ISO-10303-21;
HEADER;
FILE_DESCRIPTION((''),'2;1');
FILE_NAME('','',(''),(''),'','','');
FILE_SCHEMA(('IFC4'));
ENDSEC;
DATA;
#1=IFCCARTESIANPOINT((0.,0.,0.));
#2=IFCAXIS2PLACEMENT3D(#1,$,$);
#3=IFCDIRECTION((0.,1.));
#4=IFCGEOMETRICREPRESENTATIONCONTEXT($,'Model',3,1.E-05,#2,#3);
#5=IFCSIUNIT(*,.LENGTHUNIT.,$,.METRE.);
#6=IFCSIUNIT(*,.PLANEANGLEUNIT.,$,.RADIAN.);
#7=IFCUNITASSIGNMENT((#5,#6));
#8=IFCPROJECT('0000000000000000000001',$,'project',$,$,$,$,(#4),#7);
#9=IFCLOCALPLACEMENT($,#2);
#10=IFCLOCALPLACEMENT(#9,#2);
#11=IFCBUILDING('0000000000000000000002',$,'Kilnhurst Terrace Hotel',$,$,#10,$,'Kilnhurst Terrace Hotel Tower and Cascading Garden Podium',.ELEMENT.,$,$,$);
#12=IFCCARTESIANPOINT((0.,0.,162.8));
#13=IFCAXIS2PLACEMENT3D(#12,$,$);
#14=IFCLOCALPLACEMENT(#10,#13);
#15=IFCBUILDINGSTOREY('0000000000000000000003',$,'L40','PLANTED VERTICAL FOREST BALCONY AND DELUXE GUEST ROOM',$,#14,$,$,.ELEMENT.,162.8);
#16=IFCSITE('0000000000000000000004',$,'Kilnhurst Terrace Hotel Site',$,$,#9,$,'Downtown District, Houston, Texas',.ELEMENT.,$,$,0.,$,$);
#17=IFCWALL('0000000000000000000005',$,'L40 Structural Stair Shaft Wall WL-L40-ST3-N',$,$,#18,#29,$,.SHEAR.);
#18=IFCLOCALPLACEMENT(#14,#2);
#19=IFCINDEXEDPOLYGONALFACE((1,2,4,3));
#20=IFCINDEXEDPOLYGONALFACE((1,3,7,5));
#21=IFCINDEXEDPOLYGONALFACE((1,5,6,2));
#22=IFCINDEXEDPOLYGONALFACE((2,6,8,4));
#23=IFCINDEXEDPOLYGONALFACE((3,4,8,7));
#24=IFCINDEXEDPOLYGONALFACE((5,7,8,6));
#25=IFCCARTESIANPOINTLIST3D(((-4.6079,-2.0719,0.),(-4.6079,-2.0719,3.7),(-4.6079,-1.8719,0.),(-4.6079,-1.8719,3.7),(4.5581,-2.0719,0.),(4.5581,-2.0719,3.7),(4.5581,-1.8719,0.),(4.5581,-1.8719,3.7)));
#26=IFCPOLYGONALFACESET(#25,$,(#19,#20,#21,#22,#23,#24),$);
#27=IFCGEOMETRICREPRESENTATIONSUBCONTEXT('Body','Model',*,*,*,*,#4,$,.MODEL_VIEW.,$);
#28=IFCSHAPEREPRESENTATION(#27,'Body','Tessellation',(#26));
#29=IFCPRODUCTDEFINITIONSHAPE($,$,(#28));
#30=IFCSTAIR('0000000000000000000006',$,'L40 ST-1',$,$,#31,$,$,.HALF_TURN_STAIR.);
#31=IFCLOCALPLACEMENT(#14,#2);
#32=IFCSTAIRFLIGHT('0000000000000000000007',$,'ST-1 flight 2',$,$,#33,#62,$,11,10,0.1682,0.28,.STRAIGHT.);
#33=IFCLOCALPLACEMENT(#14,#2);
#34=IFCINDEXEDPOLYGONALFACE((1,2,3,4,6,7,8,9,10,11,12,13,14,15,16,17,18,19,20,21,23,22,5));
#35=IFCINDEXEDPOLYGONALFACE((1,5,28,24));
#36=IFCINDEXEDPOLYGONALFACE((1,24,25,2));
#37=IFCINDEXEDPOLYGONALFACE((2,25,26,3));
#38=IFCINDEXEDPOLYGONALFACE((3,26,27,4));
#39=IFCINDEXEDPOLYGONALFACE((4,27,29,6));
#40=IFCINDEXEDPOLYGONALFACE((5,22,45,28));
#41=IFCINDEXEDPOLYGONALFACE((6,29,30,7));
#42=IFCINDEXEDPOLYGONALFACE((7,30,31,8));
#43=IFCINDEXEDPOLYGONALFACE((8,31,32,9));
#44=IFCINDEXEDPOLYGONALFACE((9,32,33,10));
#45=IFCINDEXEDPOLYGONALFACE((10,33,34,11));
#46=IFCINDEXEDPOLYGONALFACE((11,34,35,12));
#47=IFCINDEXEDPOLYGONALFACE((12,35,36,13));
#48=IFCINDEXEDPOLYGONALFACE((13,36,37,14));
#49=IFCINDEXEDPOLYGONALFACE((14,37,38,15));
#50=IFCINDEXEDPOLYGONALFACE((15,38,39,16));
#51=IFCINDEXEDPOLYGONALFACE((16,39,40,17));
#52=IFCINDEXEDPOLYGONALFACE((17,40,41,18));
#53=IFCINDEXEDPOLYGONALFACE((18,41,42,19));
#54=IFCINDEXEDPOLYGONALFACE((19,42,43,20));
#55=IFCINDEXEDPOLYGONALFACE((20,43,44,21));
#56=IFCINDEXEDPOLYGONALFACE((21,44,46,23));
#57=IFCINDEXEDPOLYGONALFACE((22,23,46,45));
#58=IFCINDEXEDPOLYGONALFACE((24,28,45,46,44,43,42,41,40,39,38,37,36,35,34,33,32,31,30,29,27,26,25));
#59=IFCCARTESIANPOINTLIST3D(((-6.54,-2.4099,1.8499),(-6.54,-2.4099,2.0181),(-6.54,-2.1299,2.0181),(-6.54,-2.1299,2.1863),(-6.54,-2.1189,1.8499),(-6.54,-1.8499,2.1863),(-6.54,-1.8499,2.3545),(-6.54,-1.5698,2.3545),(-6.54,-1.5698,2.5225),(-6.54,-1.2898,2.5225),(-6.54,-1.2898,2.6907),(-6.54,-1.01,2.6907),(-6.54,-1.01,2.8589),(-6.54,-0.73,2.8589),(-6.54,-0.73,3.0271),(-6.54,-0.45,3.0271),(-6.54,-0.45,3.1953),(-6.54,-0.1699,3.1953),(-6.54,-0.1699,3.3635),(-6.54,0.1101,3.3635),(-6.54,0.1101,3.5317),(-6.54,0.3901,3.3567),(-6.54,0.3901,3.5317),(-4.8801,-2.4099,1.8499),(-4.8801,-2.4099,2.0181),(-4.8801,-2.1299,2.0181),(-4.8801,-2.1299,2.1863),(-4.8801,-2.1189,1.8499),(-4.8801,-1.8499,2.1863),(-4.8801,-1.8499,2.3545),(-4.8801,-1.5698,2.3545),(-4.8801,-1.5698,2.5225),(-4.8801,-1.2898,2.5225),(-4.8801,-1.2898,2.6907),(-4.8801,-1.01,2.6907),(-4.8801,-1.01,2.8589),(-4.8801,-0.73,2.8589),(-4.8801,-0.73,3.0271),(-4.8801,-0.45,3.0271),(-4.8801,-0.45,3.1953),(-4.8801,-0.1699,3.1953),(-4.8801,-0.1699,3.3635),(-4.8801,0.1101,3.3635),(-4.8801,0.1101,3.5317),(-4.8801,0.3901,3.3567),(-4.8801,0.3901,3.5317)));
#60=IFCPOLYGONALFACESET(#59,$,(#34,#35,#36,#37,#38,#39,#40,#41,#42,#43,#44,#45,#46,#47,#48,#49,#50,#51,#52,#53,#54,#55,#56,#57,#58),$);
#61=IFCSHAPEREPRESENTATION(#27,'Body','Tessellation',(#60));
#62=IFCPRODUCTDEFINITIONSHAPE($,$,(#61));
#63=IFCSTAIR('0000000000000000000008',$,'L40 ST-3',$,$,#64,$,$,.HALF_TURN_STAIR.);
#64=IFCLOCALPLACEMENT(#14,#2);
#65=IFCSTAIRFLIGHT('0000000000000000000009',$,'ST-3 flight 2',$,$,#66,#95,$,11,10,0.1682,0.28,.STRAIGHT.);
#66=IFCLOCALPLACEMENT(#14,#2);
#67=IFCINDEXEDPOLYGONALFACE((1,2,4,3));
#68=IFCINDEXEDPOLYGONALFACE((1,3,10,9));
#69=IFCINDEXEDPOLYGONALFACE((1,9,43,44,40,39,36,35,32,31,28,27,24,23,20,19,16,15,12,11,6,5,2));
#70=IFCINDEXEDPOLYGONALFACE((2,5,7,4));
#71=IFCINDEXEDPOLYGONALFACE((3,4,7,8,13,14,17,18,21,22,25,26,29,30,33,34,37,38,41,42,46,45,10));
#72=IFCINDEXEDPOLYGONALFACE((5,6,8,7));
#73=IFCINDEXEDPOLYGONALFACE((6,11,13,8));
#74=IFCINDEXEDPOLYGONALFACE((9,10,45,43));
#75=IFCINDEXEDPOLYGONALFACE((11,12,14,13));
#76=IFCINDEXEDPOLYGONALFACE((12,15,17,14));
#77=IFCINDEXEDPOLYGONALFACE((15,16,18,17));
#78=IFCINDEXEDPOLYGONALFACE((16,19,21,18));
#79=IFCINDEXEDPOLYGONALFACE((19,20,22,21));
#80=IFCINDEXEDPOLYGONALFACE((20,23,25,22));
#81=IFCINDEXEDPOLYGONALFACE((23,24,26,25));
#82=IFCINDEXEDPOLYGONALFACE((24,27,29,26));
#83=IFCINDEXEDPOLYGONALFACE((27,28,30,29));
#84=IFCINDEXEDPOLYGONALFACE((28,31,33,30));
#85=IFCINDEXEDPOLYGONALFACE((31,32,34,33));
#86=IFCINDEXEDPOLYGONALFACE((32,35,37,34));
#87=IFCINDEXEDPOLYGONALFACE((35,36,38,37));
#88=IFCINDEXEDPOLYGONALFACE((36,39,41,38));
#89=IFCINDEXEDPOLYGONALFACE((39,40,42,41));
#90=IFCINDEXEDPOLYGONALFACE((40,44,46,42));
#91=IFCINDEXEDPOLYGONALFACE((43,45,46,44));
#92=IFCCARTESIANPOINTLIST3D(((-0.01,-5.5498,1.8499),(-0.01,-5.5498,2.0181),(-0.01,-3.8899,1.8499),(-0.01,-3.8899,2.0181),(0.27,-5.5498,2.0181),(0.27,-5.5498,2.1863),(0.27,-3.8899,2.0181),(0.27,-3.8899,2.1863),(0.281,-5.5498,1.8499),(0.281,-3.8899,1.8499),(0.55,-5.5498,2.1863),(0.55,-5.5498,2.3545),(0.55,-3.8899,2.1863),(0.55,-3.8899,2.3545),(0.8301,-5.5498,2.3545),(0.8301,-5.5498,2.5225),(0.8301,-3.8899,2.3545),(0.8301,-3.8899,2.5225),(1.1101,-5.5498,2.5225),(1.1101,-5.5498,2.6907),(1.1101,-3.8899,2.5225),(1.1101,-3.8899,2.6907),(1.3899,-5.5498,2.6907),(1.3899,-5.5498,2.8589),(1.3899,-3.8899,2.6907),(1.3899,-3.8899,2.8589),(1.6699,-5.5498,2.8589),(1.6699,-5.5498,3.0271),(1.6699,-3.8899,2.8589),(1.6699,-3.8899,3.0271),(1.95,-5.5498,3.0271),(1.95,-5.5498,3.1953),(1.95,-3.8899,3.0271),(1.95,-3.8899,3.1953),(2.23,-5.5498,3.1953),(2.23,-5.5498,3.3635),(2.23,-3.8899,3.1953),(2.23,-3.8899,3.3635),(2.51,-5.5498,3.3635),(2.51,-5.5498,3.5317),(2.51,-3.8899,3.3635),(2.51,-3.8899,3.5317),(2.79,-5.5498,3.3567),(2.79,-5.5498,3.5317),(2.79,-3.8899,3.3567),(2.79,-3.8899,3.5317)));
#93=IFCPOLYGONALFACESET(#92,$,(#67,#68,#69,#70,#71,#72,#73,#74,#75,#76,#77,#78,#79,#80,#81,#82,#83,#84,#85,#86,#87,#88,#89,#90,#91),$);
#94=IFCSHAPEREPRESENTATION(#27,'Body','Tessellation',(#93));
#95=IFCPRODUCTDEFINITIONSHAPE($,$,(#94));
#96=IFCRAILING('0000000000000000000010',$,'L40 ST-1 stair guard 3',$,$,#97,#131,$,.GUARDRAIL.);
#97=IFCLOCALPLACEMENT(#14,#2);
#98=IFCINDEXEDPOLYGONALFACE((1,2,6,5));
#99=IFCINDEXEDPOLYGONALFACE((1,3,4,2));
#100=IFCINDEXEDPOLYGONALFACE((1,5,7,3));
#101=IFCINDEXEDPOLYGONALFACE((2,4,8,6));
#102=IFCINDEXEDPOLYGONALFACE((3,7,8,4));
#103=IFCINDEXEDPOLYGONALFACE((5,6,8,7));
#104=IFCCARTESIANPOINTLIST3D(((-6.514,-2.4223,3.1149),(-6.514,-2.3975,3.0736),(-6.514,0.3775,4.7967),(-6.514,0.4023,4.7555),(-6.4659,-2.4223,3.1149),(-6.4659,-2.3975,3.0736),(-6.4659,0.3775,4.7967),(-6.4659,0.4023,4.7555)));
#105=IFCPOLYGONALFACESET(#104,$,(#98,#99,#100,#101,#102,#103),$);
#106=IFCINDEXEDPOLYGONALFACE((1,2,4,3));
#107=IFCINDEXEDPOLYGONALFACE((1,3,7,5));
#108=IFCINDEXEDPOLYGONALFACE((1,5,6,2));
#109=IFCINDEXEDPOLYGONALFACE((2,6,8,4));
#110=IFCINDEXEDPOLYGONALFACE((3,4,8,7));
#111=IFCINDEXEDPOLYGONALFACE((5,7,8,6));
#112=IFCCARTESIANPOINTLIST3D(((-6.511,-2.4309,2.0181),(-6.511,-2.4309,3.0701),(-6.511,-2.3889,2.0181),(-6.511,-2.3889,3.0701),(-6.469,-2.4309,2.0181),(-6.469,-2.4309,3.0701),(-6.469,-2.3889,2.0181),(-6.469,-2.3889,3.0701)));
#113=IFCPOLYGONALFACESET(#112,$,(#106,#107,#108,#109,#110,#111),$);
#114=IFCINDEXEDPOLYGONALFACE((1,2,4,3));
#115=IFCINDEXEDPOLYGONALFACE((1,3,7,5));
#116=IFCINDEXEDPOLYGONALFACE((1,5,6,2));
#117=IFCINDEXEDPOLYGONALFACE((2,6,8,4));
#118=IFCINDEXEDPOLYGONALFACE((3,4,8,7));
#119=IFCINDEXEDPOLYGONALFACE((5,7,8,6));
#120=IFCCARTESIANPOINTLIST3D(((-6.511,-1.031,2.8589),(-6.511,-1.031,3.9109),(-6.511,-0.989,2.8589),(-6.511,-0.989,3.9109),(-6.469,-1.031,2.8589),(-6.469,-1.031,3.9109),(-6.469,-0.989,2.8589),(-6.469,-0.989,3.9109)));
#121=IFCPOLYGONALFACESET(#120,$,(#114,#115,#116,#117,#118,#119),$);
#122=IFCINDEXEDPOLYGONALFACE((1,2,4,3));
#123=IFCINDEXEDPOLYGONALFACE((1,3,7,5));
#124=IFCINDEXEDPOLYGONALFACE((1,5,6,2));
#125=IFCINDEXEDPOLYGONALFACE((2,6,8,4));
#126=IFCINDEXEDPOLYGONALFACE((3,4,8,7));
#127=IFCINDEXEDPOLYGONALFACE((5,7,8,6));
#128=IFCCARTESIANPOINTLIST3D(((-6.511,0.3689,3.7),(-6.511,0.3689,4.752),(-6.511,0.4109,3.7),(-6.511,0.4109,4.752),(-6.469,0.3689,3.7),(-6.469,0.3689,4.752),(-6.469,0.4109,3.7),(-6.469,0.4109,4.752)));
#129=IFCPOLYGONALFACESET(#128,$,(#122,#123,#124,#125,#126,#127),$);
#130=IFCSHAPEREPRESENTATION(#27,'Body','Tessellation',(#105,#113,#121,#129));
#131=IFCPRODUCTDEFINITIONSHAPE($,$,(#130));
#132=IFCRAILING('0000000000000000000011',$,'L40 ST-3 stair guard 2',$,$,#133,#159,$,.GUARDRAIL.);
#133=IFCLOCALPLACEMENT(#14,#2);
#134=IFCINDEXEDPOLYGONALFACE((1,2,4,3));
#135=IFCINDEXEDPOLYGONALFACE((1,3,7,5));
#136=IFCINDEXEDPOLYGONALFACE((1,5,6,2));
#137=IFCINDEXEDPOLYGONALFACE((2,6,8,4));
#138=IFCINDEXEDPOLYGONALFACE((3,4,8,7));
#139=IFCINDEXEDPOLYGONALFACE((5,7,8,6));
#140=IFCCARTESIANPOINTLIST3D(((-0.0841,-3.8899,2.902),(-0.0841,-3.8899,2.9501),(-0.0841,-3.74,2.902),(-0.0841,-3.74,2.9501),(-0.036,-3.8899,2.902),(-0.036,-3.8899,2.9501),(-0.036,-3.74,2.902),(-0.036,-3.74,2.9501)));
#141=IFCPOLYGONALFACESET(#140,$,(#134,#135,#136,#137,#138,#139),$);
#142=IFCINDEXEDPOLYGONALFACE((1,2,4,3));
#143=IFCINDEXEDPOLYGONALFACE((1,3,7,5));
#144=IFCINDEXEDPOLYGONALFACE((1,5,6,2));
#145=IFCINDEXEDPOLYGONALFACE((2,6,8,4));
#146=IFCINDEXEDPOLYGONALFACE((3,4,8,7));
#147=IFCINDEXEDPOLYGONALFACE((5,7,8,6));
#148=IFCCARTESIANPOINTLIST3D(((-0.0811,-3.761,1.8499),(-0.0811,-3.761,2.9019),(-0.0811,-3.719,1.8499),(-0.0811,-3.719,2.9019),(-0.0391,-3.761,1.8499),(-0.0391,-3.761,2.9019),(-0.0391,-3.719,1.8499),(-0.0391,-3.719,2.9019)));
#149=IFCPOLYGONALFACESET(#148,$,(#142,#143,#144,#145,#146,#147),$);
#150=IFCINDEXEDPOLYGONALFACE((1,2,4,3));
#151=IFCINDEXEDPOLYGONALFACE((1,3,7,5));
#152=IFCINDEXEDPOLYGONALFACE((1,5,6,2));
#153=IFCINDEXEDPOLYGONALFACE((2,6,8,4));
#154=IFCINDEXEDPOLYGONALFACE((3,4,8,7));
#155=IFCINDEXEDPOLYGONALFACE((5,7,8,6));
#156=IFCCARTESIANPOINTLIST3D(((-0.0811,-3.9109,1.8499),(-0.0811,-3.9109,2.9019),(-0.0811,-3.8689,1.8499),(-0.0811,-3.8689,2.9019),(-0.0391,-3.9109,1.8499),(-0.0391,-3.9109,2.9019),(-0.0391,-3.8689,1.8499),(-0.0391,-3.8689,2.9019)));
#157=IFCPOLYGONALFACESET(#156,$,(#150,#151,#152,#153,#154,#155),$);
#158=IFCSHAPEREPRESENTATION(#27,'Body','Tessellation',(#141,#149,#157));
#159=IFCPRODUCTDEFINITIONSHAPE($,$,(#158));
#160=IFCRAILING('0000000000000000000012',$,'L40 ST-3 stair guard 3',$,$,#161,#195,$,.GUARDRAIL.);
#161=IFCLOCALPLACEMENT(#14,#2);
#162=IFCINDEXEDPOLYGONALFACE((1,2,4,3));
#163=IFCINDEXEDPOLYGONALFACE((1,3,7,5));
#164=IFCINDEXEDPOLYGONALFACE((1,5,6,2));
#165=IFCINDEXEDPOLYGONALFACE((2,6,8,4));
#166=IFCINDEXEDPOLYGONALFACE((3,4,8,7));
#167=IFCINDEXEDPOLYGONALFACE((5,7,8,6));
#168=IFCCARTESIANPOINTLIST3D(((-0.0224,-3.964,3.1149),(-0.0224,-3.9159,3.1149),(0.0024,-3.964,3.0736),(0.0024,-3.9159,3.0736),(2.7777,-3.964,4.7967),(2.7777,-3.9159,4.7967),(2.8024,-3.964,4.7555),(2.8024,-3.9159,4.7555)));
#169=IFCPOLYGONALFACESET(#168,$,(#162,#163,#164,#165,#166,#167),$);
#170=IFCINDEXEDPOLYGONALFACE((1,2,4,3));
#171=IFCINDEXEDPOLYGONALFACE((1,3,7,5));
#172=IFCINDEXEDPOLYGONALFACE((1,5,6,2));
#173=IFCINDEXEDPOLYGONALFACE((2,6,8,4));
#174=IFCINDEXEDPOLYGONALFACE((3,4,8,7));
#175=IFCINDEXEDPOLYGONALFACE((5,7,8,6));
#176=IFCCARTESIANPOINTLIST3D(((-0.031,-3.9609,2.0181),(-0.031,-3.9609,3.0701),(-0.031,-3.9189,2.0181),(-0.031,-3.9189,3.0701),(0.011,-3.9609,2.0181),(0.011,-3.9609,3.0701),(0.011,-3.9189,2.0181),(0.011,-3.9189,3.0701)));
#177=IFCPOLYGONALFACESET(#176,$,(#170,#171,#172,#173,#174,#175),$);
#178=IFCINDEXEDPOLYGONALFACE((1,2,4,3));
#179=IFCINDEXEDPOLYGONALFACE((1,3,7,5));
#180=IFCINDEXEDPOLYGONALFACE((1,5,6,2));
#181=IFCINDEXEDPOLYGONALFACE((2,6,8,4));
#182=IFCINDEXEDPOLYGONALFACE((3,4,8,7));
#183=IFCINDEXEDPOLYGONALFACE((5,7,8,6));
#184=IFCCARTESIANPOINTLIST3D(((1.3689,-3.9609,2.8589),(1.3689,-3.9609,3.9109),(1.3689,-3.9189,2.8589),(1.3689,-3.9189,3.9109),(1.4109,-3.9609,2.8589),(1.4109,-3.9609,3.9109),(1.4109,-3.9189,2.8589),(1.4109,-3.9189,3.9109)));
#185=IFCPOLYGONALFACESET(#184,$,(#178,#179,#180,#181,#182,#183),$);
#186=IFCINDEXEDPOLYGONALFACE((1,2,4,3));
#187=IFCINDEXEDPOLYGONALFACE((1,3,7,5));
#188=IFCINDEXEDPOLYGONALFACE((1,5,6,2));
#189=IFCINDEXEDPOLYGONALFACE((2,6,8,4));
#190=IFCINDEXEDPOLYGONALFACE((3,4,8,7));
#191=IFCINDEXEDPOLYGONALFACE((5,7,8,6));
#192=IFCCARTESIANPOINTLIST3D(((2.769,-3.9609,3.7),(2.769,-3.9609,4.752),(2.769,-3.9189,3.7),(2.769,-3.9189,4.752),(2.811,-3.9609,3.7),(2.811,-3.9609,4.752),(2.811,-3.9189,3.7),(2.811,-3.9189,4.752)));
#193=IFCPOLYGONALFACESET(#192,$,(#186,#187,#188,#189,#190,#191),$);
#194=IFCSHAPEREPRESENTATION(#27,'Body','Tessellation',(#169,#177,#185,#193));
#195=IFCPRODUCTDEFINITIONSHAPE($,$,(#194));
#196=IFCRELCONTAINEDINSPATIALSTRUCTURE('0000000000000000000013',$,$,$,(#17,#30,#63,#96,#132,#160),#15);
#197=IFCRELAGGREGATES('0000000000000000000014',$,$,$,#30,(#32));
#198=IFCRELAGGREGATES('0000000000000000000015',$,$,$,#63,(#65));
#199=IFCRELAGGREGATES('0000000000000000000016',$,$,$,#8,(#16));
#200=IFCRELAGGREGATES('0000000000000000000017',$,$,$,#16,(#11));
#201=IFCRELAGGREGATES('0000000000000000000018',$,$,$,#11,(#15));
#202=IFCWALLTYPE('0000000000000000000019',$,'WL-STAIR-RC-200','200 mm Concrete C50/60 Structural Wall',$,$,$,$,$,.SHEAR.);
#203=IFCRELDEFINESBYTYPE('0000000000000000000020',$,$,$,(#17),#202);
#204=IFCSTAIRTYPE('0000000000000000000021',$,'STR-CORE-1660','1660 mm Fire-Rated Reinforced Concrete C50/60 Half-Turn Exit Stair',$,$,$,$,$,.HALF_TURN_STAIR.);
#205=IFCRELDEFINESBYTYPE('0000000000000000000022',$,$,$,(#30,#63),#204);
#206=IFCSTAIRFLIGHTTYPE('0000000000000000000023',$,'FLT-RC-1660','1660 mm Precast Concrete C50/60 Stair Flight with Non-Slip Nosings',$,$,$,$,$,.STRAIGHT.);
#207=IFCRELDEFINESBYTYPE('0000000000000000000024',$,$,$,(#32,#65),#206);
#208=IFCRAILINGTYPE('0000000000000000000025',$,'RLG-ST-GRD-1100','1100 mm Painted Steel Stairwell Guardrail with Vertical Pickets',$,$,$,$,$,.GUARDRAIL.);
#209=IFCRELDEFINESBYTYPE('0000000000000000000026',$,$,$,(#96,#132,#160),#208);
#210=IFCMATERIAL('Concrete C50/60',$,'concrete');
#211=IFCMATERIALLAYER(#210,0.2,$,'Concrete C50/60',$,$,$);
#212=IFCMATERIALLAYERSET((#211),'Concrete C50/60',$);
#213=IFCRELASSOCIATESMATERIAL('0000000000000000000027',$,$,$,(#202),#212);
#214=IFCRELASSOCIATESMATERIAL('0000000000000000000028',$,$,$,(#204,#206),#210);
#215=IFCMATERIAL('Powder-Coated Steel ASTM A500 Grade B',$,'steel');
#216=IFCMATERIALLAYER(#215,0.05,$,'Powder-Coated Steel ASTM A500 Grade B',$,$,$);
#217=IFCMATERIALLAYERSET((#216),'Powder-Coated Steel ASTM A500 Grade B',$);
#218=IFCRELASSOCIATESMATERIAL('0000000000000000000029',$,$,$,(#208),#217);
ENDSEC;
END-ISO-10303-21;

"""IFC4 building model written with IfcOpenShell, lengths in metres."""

from ifc_helpers import new_model, si_unit, direction, frame, frame_2d, origin, origin_2d, place, context, subcontext, project, spatial, polyline, rectangle, outline, extrude, material, layer, layer_set, type_object, element, aggregate, save


model = new_model("IFC4")

# Units and contexts
model_context = context("Model", 3, precision=1e-05, world=origin(), true_north=direction((0.0, 1.0)))
body_context = subcontext(model_context, "Body", "Model", "MODEL_VIEW")
ifc_project = project(units=[si_unit("LENGTHUNIT", "METRE"), si_unit("PLANEANGLEUNIT", "RADIAN")], contexts=[model_context])

# Site, building, storey
site_placement = place(None, origin())
site = spatial("IfcSite", under=ifc_project, at=site_placement, Name="Kilnhurst Terrace Hotel Site", LongName="Downtown District, Houston, Texas", CompositionType="ELEMENT", RefElevation=0.0)
building_placement = place(site_placement, origin())
building = spatial("IfcBuilding", under=site, at=building_placement, Name="Kilnhurst Terrace Hotel", LongName="Kilnhurst Terrace Hotel Tower and Cascading Garden Podium", CompositionType="ELEMENT")
storey_placement = place(building_placement, frame((0.0, 0.0, 162.8)))
storey = spatial("IfcBuildingStorey", under=building, at=storey_placement, Name="L40", Description="PLANTED VERTICAL FOREST BALCONY AND DELUXE GUEST ROOM", CompositionType="ELEMENT", Elevation=162.8)

# Shared definitions
ifc_material_1 = material(Name="Concrete C50/60", Category="concrete")

# Shared definitions
ifc_layer_1 = layer(ifc_material_1, 0.2, Name="Concrete C50/60")
ifc_layer_set_1 = layer_set([ifc_layer_1], Name="Concrete C50/60")
wall_type_1 = type_object("IfcWallType", Name="WL-STAIR-RC-200", Description="200 mm Concrete C50/60 Structural Wall", PredefinedType="SHEAR", material=ifc_layer_set_1)

# Wall
wall_1_placement = place(storey_placement, frame((-4.6079, -1.9719, 0.0), z_axis=(0.0, 0.0, 1.0), x_axis=(1.0, 0.0, 0.0)))
element("IfcWall", 1, at=wall_1_placement, inside=storey, type_object=wall_type_1, Name="L40 Structural Stair Shaft Wall WL-L40-ST3-N", PredefinedType="SHEAR", context=body_context, shape_type="SweptSolid", body=[
    extrude(rectangle(XDim=9.166, YDim=0.2, at=frame_2d((4.583, 0.0))), origin(), (0.0, 0.0, 1.0), 3.7),
])

# Stairs, stair flights
stair_type = type_object("IfcStairType", Name="STR-CORE-1660", Description="1660 mm Fire-Rated Reinforced Concrete C50/60 Half-Turn Exit Stair", PredefinedType="HALF_TURN_STAIR", material=ifc_material_1)
stair_1_placement = place(storey_placement, origin())
stair_1 = element("IfcStair", 2, at=stair_1_placement, inside=storey, type_object=stair_type, Name="L40 ST-1", PredefinedType="HALF_TURN_STAIR")
stair_flight_type = type_object("IfcStairFlightType", Name="FLT-RC-1660", Description="1660 mm Precast Concrete C50/60 Stair Flight with Non-Slip Nosings", PredefinedType="STRAIGHT", material=ifc_material_1)
stair_flight_1_placement = place(storey_placement, frame((-5.71, -2.4099, 1.8499), z_axis=(0.0, 0.0, 1.0), x_axis=(0.0, 1.0, 0.0)))
stair_flight_1 = element("IfcStairFlight", 3, at=stair_flight_1_placement, type_object=stair_flight_type, Name="ST-1 flight 2", NumberOfRisers=11, NumberOfTreads=10, PredefinedType="STRAIGHT", RiserHeight=0.1682, TreadLength=0.28, context=body_context, shape_type="SweptSolid", body=[
    extrude(outline(polyline([(0.0, 0.0), (0.0, 0.1682), (0.28, 0.1682), (0.28, 0.3364), (0.5601, 0.3364), (0.5601, 0.5046), (0.8401, 0.5046), (0.8401, 0.6726), (1.1201, 0.6726), (1.1201, 0.8408), (1.3999, 0.8408), (1.3999, 1.009), (1.6799, 1.009), (1.6799, 1.1772), (1.96, 1.1772), (1.96, 1.3455), (2.24, 1.3455), (2.24, 1.5137), (2.52, 1.5137), (2.52, 1.6819), (2.8, 1.6819), (2.8, 1.8501), (2.8, 1.5068), (0.291, 0.0), (0.0, 0.0)])), frame((0.0, 0.8301, 0.0), z_axis=(0.0, -1.0, 0.0), x_axis=(1.0, 0.0, 0.0)), (0.0, 0.0, 1.0), 1.6599),
])
aggregate(stair_1, [stair_flight_1])
stair_2_placement = place(storey_placement, origin())
stair_2 = element("IfcStair", 4, at=stair_2_placement, inside=storey, type_object=stair_type, Name="L40 ST-3", PredefinedType="HALF_TURN_STAIR")
stair_flight_2_placement = place(storey_placement, frame((-0.01, -4.72, 1.8499), z_axis=(0.0, 0.0, 1.0), x_axis=(1.0, 0.0, 0.0)))
stair_flight_2 = element("IfcStairFlight", 5, at=stair_flight_2_placement, type_object=stair_flight_type, Name="ST-3 flight 2", NumberOfRisers=11, NumberOfTreads=10, PredefinedType="STRAIGHT", RiserHeight=0.1682, TreadLength=0.28, context=body_context, shape_type="SweptSolid", body=[
    extrude(outline(polyline([(0.0, 0.0), (0.0, 0.1682), (0.28, 0.1682), (0.28, 0.3364), (0.5601, 0.3364), (0.5601, 0.5046), (0.8401, 0.5046), (0.8401, 0.6726), (1.1201, 0.6726), (1.1201, 0.8408), (1.3999, 0.8408), (1.3999, 1.009), (1.6799, 1.009), (1.6799, 1.1772), (1.96, 1.1772), (1.96, 1.3455), (2.24, 1.3455), (2.24, 1.5137), (2.52, 1.5137), (2.52, 1.6819), (2.8, 1.6819), (2.8, 1.8501), (2.8, 1.5068), (0.291, 0.0), (0.0, 0.0)])), frame((0.0, 0.8301, 0.0), z_axis=(0.0, -1.0, 0.0), x_axis=(1.0, 0.0, 0.0)), (0.0, 0.0, 1.0), 1.6599),
])
aggregate(stair_2, [stair_flight_2])

# Railings
ifc_material_2 = material(Name="Powder-Coated Steel ASTM A500 Grade B", Category="steel")
ifc_layer_2 = layer(ifc_material_2, 0.05, Name="Powder-Coated Steel ASTM A500 Grade B")
ifc_layer_set_2 = layer_set([ifc_layer_2], Name="Powder-Coated Steel ASTM A500 Grade B")
railing_type_1 = type_object("IfcRailingType", Name="RLG-ST-GRD-1100", Description="1100 mm Painted Steel Stairwell Guardrail with Vertical Pickets", PredefinedType="GUARDRAIL", material=ifc_layer_set_2)
railing_1_placement = place(storey_placement, frame((-6.49, -2.4099, 2.0181)))
element("IfcRailing", 6, at=railing_1_placement, inside=storey, type_object=railing_type_1, Name="L40 ST-1 stair guard 3", PredefinedType="GUARDRAIL", context=body_context, shape_type="SweptSolid", body=[
    extrude(rectangle(XDim=0.0481, YDim=0.0481, at=origin_2d()), frame((0.0, 0.0, 1.0762), z_axis=(0.0, 0.857222, 0.514946), x_axis=(-1.0, 0.0, 0.0)), (0.0, 0.0, 1.0), 3.2661),
    extrude(rectangle(XDim=0.042, YDim=0.042, at=origin_2d()), origin(), (0.0, 0.0, 1.0), 1.052),
    extrude(rectangle(XDim=0.042, YDim=0.042, at=origin_2d()), frame((0.0, 1.3999, 0.8408)), (0.0, 0.0, 1.0), 1.052),
    extrude(rectangle(XDim=0.042, YDim=0.042, at=origin_2d()), frame((0.0, 2.7998, 1.6819)), (0.0, 0.0, 1.0), 1.052),
])
railing_2_placement = place(storey_placement, frame((-0.0601, -3.74, 1.8499)))
element("IfcRailing", 7, at=railing_2_placement, inside=storey, type_object=railing_type_1, Name="L40 ST-3 stair guard 2", PredefinedType="GUARDRAIL", context=body_context, shape_type="SweptSolid", body=[
    extrude(rectangle(XDim=0.0481, YDim=0.0481, at=origin_2d()), frame((0.0, 0.0, 1.0762), z_axis=(0.0, -1.0, 0.0), x_axis=(1.0, 0.0, 0.0)), (0.0, 0.0, 1.0), 0.1499),
    extrude(rectangle(XDim=0.042, YDim=0.042, at=origin_2d()), origin(), (0.0, 0.0, 1.0), 1.052),
    extrude(rectangle(XDim=0.042, YDim=0.042, at=origin_2d()), frame((0.0, -0.1499, 0.0)), (0.0, 0.0, 1.0), 1.052),
])
railing_3_placement = place(storey_placement, frame((-0.01, -3.9399, 2.0181)))
element("IfcRailing", 8, at=railing_3_placement, inside=storey, type_object=railing_type_1, Name="L40 ST-3 stair guard 3", PredefinedType="GUARDRAIL", context=body_context, shape_type="SweptSolid", body=[
    extrude(rectangle(XDim=0.0481, YDim=0.0481, at=origin_2d()), frame((0.0, 0.0, 1.0762), z_axis=(0.857242, 0.0, 0.514913), x_axis=(0.0, 1.0, 0.0)), (0.0, 0.0, 1.0), 3.2664),
    extrude(rectangle(XDim=0.042, YDim=0.042, at=origin_2d()), origin(), (0.0, 0.0, 1.0), 1.052),
    extrude(rectangle(XDim=0.042, YDim=0.042, at=origin_2d()), frame((1.3999, 0.0, 0.8408)), (0.0, 0.0, 1.0), 1.052),
    extrude(rectangle(XDim=0.042, YDim=0.042, at=origin_2d()), frame((2.8, 0.0, 1.6819)), (0.0, 0.0, 1.0), 1.052),
])

save(model, "model.ifc")
